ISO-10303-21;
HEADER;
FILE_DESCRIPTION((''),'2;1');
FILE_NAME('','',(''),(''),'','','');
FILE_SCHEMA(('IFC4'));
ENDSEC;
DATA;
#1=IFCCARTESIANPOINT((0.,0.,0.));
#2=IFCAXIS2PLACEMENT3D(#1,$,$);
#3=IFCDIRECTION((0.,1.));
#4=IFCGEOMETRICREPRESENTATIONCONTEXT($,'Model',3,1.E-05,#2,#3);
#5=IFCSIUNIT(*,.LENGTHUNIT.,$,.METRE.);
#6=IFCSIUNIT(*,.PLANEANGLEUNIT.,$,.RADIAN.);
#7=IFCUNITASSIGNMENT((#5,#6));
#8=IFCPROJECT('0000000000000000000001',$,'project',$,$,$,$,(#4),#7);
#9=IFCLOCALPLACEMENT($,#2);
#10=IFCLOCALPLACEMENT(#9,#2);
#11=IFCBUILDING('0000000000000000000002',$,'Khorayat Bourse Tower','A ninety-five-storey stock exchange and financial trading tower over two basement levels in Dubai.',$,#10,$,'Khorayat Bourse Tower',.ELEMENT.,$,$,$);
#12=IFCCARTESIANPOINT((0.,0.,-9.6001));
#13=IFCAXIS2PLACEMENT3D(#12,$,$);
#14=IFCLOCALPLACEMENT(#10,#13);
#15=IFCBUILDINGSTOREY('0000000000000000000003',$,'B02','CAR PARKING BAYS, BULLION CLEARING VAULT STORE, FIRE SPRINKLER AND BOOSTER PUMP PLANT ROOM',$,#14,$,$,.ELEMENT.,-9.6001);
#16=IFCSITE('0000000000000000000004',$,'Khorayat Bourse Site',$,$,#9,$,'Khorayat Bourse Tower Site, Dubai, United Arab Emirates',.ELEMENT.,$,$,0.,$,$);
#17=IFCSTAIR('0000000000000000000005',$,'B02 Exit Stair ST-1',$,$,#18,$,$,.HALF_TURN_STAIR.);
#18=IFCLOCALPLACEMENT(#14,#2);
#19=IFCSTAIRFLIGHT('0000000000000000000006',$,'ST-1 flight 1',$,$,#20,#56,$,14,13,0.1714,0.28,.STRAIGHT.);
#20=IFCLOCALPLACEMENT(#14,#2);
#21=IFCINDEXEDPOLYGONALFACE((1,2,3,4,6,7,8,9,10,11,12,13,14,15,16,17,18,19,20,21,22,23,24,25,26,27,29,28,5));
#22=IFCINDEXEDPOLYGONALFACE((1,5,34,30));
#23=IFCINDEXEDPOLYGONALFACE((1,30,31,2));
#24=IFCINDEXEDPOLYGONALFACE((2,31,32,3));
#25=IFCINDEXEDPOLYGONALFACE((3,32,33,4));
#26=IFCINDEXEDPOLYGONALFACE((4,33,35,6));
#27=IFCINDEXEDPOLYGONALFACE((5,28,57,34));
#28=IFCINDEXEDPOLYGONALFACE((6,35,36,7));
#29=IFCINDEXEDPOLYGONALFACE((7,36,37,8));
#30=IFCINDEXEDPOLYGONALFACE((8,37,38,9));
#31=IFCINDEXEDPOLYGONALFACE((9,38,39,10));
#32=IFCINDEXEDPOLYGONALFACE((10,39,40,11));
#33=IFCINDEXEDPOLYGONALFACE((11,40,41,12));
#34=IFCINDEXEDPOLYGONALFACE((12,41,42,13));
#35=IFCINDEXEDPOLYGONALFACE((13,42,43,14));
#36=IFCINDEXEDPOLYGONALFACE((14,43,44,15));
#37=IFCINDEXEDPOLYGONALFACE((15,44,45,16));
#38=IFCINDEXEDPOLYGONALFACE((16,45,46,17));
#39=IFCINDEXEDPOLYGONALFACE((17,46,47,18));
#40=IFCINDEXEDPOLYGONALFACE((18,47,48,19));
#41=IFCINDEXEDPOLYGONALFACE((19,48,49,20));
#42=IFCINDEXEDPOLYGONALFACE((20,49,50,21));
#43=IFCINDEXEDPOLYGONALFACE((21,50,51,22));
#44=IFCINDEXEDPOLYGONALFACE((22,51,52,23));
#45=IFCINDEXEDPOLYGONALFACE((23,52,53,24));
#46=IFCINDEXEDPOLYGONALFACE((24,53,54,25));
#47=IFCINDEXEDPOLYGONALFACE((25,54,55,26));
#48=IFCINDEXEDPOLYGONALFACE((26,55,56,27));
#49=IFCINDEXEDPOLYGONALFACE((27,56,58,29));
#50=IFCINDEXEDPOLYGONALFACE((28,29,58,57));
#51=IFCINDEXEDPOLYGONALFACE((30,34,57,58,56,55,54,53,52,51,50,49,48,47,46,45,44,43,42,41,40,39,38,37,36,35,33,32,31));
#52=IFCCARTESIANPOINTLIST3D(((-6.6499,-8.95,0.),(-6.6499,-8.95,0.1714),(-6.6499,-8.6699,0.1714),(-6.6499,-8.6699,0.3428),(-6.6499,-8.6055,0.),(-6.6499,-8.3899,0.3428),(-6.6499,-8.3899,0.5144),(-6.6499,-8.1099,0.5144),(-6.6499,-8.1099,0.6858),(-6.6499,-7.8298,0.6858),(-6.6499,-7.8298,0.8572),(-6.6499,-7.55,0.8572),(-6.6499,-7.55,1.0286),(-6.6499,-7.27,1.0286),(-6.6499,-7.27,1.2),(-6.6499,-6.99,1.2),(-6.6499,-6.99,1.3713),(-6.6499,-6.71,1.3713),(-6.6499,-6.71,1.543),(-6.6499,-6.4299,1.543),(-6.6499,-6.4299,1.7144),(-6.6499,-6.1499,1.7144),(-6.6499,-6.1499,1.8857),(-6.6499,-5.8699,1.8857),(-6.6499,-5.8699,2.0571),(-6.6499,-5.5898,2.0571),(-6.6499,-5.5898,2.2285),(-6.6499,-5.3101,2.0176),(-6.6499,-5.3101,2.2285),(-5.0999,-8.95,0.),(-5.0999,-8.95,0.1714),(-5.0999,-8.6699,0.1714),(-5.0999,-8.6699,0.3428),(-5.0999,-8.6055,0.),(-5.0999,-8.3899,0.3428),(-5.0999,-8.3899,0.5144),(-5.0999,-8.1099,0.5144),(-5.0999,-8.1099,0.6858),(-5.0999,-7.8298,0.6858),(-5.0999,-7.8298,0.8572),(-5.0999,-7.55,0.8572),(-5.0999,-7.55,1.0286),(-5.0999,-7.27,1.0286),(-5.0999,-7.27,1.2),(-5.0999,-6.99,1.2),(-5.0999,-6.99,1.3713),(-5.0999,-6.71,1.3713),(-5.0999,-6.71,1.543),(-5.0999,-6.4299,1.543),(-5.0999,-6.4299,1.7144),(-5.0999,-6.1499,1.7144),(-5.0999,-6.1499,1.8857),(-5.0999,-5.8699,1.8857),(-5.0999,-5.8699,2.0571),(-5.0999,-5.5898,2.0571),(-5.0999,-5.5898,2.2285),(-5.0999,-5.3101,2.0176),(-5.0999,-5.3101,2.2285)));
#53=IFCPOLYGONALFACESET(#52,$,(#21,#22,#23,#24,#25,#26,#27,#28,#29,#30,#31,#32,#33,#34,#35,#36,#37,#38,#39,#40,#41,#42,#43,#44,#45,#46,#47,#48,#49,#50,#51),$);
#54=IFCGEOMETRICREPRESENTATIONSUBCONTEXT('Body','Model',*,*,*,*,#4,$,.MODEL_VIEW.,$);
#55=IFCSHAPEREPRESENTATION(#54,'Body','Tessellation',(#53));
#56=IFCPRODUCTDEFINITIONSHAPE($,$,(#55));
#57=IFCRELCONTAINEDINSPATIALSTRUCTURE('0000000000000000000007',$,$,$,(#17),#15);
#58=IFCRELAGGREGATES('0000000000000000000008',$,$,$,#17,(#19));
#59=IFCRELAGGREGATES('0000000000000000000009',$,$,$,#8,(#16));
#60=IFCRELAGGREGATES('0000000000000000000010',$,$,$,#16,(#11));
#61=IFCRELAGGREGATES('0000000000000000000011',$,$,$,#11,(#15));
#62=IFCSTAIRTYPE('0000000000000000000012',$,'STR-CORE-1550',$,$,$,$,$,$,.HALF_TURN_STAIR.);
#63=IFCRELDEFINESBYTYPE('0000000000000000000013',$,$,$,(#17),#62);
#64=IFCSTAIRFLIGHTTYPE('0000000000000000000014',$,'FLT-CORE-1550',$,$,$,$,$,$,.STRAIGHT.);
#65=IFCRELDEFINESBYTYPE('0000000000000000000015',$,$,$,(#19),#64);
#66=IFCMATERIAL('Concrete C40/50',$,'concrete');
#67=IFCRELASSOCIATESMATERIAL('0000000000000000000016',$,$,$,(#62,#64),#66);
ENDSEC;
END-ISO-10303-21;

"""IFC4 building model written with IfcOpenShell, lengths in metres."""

from ifc_helpers import new_model, si_unit, direction, frame, origin, place, context, subcontext, project, spatial, polyline, outline, extrude, source, transform, mapped, material, type_object, element, aggregate, save


model = new_model("IFC4")

# Units and contexts
model_context = context("Model", 3, precision=1e-05, world=origin(), true_north=direction((0.0, 1.0)))
body_context = subcontext(model_context, "Body", "Model", "MODEL_VIEW")
ifc_project = project(units=[si_unit("LENGTHUNIT", "METRE"), si_unit("PLANEANGLEUNIT", "RADIAN")], contexts=[model_context])

# Site, building, storey
site_placement = place(None, origin())
site = spatial("IfcSite", under=ifc_project, at=site_placement, Name="Khorayat Bourse Site", LongName="Khorayat Bourse Tower Site, Dubai, United Arab Emirates", CompositionType="ELEMENT", RefElevation=0.0)
building_placement = place(site_placement, origin())
building = spatial("IfcBuilding", under=site, at=building_placement, Name="Khorayat Bourse Tower", Description="A ninety-five-storey stock exchange and financial trading tower over two basement levels in Dubai.", LongName="Khorayat Bourse Tower", CompositionType="ELEMENT")
storey_placement = place(building_placement, frame((0.0, 0.0, -9.6001)))
storey = spatial("IfcBuildingStorey", under=building, at=storey_placement, Name="B02", Description="CAR PARKING BAYS, BULLION CLEARING VAULT STORE, FIRE SPRINKLER AND BOOSTER PUMP PLANT ROOM", CompositionType="ELEMENT", Elevation=-9.6001)

# Stair, stair flight
ifc_material_1 = material(Name="Concrete C40/50", Category="concrete")
stair_type = type_object("IfcStairType", Name="STR-CORE-1550", PredefinedType="HALF_TURN_STAIR", material=ifc_material_1)
stair_placement = place(storey_placement, origin())
stair = element("IfcStair", 1, at=stair_placement, inside=storey, type_object=stair_type, Name="B02 Exit Stair ST-1", PredefinedType="HALF_TURN_STAIR")
stair_flight_type = type_object("IfcStairFlightType", Name="FLT-CORE-1550", PredefinedType="STRAIGHT", material=ifc_material_1)
shared_shape_1 = source(origin(), body_context, "Body", "SweptSolid", [
    extrude(outline(polyline([(0.0, 0.0), (0.0, 0.1714), (0.28, 0.1714), (0.28, 0.3428), (0.5601, 0.3428), (0.5601, 0.5144), (0.8401, 0.5144), (0.8401, 0.6858), (1.1201, 0.6858), (1.1201, 0.8572), (1.3999, 0.8572), (1.3999, 1.0286), (1.6799, 1.0286), (1.6799, 1.2), (1.96, 1.2), (1.96, 1.3713), (2.24, 1.3713), (2.24, 1.543), (2.52, 1.543), (2.52, 1.7144), (2.8, 1.7144), (2.8, 1.8857), (3.0801, 1.8857), (3.0801, 2.0571), (3.3601, 2.0571), (3.3601, 2.2285), (3.6399, 2.2285), (3.6399, 2.3999), (3.6399, 2.0176), (0.3445, 0.0), (0.0, 0.0)])), frame((0.0, 0.7749, 0.0), z_axis=(0.0, -1.0, 0.0), x_axis=(1.0, 0.0, 0.0)), (0.0, 0.0, 1.0), 1.55),
])
stair_flight_placement = place(storey_placement, frame((-5.875, -8.95, 0.0), z_axis=(0.0, 0.0, 1.0), x_axis=(0.0, 1.0, 0.0)))
stair_flight = element("IfcStairFlight", 2, at=stair_flight_placement, type_object=stair_flight_type, Name="ST-1 flight 1", NumberOfRisers=14, NumberOfTreads=13, PredefinedType="STRAIGHT", RiserHeight=0.1714, TreadLength=0.28, context=body_context, shape_type="MappedRepresentation", body=[
    mapped(shared_shape_1, transform((0.0, 0.0, 0.0), scale=1.0)),
])
aggregate(stair, [stair_flight])

save(model, "model.ifc")
